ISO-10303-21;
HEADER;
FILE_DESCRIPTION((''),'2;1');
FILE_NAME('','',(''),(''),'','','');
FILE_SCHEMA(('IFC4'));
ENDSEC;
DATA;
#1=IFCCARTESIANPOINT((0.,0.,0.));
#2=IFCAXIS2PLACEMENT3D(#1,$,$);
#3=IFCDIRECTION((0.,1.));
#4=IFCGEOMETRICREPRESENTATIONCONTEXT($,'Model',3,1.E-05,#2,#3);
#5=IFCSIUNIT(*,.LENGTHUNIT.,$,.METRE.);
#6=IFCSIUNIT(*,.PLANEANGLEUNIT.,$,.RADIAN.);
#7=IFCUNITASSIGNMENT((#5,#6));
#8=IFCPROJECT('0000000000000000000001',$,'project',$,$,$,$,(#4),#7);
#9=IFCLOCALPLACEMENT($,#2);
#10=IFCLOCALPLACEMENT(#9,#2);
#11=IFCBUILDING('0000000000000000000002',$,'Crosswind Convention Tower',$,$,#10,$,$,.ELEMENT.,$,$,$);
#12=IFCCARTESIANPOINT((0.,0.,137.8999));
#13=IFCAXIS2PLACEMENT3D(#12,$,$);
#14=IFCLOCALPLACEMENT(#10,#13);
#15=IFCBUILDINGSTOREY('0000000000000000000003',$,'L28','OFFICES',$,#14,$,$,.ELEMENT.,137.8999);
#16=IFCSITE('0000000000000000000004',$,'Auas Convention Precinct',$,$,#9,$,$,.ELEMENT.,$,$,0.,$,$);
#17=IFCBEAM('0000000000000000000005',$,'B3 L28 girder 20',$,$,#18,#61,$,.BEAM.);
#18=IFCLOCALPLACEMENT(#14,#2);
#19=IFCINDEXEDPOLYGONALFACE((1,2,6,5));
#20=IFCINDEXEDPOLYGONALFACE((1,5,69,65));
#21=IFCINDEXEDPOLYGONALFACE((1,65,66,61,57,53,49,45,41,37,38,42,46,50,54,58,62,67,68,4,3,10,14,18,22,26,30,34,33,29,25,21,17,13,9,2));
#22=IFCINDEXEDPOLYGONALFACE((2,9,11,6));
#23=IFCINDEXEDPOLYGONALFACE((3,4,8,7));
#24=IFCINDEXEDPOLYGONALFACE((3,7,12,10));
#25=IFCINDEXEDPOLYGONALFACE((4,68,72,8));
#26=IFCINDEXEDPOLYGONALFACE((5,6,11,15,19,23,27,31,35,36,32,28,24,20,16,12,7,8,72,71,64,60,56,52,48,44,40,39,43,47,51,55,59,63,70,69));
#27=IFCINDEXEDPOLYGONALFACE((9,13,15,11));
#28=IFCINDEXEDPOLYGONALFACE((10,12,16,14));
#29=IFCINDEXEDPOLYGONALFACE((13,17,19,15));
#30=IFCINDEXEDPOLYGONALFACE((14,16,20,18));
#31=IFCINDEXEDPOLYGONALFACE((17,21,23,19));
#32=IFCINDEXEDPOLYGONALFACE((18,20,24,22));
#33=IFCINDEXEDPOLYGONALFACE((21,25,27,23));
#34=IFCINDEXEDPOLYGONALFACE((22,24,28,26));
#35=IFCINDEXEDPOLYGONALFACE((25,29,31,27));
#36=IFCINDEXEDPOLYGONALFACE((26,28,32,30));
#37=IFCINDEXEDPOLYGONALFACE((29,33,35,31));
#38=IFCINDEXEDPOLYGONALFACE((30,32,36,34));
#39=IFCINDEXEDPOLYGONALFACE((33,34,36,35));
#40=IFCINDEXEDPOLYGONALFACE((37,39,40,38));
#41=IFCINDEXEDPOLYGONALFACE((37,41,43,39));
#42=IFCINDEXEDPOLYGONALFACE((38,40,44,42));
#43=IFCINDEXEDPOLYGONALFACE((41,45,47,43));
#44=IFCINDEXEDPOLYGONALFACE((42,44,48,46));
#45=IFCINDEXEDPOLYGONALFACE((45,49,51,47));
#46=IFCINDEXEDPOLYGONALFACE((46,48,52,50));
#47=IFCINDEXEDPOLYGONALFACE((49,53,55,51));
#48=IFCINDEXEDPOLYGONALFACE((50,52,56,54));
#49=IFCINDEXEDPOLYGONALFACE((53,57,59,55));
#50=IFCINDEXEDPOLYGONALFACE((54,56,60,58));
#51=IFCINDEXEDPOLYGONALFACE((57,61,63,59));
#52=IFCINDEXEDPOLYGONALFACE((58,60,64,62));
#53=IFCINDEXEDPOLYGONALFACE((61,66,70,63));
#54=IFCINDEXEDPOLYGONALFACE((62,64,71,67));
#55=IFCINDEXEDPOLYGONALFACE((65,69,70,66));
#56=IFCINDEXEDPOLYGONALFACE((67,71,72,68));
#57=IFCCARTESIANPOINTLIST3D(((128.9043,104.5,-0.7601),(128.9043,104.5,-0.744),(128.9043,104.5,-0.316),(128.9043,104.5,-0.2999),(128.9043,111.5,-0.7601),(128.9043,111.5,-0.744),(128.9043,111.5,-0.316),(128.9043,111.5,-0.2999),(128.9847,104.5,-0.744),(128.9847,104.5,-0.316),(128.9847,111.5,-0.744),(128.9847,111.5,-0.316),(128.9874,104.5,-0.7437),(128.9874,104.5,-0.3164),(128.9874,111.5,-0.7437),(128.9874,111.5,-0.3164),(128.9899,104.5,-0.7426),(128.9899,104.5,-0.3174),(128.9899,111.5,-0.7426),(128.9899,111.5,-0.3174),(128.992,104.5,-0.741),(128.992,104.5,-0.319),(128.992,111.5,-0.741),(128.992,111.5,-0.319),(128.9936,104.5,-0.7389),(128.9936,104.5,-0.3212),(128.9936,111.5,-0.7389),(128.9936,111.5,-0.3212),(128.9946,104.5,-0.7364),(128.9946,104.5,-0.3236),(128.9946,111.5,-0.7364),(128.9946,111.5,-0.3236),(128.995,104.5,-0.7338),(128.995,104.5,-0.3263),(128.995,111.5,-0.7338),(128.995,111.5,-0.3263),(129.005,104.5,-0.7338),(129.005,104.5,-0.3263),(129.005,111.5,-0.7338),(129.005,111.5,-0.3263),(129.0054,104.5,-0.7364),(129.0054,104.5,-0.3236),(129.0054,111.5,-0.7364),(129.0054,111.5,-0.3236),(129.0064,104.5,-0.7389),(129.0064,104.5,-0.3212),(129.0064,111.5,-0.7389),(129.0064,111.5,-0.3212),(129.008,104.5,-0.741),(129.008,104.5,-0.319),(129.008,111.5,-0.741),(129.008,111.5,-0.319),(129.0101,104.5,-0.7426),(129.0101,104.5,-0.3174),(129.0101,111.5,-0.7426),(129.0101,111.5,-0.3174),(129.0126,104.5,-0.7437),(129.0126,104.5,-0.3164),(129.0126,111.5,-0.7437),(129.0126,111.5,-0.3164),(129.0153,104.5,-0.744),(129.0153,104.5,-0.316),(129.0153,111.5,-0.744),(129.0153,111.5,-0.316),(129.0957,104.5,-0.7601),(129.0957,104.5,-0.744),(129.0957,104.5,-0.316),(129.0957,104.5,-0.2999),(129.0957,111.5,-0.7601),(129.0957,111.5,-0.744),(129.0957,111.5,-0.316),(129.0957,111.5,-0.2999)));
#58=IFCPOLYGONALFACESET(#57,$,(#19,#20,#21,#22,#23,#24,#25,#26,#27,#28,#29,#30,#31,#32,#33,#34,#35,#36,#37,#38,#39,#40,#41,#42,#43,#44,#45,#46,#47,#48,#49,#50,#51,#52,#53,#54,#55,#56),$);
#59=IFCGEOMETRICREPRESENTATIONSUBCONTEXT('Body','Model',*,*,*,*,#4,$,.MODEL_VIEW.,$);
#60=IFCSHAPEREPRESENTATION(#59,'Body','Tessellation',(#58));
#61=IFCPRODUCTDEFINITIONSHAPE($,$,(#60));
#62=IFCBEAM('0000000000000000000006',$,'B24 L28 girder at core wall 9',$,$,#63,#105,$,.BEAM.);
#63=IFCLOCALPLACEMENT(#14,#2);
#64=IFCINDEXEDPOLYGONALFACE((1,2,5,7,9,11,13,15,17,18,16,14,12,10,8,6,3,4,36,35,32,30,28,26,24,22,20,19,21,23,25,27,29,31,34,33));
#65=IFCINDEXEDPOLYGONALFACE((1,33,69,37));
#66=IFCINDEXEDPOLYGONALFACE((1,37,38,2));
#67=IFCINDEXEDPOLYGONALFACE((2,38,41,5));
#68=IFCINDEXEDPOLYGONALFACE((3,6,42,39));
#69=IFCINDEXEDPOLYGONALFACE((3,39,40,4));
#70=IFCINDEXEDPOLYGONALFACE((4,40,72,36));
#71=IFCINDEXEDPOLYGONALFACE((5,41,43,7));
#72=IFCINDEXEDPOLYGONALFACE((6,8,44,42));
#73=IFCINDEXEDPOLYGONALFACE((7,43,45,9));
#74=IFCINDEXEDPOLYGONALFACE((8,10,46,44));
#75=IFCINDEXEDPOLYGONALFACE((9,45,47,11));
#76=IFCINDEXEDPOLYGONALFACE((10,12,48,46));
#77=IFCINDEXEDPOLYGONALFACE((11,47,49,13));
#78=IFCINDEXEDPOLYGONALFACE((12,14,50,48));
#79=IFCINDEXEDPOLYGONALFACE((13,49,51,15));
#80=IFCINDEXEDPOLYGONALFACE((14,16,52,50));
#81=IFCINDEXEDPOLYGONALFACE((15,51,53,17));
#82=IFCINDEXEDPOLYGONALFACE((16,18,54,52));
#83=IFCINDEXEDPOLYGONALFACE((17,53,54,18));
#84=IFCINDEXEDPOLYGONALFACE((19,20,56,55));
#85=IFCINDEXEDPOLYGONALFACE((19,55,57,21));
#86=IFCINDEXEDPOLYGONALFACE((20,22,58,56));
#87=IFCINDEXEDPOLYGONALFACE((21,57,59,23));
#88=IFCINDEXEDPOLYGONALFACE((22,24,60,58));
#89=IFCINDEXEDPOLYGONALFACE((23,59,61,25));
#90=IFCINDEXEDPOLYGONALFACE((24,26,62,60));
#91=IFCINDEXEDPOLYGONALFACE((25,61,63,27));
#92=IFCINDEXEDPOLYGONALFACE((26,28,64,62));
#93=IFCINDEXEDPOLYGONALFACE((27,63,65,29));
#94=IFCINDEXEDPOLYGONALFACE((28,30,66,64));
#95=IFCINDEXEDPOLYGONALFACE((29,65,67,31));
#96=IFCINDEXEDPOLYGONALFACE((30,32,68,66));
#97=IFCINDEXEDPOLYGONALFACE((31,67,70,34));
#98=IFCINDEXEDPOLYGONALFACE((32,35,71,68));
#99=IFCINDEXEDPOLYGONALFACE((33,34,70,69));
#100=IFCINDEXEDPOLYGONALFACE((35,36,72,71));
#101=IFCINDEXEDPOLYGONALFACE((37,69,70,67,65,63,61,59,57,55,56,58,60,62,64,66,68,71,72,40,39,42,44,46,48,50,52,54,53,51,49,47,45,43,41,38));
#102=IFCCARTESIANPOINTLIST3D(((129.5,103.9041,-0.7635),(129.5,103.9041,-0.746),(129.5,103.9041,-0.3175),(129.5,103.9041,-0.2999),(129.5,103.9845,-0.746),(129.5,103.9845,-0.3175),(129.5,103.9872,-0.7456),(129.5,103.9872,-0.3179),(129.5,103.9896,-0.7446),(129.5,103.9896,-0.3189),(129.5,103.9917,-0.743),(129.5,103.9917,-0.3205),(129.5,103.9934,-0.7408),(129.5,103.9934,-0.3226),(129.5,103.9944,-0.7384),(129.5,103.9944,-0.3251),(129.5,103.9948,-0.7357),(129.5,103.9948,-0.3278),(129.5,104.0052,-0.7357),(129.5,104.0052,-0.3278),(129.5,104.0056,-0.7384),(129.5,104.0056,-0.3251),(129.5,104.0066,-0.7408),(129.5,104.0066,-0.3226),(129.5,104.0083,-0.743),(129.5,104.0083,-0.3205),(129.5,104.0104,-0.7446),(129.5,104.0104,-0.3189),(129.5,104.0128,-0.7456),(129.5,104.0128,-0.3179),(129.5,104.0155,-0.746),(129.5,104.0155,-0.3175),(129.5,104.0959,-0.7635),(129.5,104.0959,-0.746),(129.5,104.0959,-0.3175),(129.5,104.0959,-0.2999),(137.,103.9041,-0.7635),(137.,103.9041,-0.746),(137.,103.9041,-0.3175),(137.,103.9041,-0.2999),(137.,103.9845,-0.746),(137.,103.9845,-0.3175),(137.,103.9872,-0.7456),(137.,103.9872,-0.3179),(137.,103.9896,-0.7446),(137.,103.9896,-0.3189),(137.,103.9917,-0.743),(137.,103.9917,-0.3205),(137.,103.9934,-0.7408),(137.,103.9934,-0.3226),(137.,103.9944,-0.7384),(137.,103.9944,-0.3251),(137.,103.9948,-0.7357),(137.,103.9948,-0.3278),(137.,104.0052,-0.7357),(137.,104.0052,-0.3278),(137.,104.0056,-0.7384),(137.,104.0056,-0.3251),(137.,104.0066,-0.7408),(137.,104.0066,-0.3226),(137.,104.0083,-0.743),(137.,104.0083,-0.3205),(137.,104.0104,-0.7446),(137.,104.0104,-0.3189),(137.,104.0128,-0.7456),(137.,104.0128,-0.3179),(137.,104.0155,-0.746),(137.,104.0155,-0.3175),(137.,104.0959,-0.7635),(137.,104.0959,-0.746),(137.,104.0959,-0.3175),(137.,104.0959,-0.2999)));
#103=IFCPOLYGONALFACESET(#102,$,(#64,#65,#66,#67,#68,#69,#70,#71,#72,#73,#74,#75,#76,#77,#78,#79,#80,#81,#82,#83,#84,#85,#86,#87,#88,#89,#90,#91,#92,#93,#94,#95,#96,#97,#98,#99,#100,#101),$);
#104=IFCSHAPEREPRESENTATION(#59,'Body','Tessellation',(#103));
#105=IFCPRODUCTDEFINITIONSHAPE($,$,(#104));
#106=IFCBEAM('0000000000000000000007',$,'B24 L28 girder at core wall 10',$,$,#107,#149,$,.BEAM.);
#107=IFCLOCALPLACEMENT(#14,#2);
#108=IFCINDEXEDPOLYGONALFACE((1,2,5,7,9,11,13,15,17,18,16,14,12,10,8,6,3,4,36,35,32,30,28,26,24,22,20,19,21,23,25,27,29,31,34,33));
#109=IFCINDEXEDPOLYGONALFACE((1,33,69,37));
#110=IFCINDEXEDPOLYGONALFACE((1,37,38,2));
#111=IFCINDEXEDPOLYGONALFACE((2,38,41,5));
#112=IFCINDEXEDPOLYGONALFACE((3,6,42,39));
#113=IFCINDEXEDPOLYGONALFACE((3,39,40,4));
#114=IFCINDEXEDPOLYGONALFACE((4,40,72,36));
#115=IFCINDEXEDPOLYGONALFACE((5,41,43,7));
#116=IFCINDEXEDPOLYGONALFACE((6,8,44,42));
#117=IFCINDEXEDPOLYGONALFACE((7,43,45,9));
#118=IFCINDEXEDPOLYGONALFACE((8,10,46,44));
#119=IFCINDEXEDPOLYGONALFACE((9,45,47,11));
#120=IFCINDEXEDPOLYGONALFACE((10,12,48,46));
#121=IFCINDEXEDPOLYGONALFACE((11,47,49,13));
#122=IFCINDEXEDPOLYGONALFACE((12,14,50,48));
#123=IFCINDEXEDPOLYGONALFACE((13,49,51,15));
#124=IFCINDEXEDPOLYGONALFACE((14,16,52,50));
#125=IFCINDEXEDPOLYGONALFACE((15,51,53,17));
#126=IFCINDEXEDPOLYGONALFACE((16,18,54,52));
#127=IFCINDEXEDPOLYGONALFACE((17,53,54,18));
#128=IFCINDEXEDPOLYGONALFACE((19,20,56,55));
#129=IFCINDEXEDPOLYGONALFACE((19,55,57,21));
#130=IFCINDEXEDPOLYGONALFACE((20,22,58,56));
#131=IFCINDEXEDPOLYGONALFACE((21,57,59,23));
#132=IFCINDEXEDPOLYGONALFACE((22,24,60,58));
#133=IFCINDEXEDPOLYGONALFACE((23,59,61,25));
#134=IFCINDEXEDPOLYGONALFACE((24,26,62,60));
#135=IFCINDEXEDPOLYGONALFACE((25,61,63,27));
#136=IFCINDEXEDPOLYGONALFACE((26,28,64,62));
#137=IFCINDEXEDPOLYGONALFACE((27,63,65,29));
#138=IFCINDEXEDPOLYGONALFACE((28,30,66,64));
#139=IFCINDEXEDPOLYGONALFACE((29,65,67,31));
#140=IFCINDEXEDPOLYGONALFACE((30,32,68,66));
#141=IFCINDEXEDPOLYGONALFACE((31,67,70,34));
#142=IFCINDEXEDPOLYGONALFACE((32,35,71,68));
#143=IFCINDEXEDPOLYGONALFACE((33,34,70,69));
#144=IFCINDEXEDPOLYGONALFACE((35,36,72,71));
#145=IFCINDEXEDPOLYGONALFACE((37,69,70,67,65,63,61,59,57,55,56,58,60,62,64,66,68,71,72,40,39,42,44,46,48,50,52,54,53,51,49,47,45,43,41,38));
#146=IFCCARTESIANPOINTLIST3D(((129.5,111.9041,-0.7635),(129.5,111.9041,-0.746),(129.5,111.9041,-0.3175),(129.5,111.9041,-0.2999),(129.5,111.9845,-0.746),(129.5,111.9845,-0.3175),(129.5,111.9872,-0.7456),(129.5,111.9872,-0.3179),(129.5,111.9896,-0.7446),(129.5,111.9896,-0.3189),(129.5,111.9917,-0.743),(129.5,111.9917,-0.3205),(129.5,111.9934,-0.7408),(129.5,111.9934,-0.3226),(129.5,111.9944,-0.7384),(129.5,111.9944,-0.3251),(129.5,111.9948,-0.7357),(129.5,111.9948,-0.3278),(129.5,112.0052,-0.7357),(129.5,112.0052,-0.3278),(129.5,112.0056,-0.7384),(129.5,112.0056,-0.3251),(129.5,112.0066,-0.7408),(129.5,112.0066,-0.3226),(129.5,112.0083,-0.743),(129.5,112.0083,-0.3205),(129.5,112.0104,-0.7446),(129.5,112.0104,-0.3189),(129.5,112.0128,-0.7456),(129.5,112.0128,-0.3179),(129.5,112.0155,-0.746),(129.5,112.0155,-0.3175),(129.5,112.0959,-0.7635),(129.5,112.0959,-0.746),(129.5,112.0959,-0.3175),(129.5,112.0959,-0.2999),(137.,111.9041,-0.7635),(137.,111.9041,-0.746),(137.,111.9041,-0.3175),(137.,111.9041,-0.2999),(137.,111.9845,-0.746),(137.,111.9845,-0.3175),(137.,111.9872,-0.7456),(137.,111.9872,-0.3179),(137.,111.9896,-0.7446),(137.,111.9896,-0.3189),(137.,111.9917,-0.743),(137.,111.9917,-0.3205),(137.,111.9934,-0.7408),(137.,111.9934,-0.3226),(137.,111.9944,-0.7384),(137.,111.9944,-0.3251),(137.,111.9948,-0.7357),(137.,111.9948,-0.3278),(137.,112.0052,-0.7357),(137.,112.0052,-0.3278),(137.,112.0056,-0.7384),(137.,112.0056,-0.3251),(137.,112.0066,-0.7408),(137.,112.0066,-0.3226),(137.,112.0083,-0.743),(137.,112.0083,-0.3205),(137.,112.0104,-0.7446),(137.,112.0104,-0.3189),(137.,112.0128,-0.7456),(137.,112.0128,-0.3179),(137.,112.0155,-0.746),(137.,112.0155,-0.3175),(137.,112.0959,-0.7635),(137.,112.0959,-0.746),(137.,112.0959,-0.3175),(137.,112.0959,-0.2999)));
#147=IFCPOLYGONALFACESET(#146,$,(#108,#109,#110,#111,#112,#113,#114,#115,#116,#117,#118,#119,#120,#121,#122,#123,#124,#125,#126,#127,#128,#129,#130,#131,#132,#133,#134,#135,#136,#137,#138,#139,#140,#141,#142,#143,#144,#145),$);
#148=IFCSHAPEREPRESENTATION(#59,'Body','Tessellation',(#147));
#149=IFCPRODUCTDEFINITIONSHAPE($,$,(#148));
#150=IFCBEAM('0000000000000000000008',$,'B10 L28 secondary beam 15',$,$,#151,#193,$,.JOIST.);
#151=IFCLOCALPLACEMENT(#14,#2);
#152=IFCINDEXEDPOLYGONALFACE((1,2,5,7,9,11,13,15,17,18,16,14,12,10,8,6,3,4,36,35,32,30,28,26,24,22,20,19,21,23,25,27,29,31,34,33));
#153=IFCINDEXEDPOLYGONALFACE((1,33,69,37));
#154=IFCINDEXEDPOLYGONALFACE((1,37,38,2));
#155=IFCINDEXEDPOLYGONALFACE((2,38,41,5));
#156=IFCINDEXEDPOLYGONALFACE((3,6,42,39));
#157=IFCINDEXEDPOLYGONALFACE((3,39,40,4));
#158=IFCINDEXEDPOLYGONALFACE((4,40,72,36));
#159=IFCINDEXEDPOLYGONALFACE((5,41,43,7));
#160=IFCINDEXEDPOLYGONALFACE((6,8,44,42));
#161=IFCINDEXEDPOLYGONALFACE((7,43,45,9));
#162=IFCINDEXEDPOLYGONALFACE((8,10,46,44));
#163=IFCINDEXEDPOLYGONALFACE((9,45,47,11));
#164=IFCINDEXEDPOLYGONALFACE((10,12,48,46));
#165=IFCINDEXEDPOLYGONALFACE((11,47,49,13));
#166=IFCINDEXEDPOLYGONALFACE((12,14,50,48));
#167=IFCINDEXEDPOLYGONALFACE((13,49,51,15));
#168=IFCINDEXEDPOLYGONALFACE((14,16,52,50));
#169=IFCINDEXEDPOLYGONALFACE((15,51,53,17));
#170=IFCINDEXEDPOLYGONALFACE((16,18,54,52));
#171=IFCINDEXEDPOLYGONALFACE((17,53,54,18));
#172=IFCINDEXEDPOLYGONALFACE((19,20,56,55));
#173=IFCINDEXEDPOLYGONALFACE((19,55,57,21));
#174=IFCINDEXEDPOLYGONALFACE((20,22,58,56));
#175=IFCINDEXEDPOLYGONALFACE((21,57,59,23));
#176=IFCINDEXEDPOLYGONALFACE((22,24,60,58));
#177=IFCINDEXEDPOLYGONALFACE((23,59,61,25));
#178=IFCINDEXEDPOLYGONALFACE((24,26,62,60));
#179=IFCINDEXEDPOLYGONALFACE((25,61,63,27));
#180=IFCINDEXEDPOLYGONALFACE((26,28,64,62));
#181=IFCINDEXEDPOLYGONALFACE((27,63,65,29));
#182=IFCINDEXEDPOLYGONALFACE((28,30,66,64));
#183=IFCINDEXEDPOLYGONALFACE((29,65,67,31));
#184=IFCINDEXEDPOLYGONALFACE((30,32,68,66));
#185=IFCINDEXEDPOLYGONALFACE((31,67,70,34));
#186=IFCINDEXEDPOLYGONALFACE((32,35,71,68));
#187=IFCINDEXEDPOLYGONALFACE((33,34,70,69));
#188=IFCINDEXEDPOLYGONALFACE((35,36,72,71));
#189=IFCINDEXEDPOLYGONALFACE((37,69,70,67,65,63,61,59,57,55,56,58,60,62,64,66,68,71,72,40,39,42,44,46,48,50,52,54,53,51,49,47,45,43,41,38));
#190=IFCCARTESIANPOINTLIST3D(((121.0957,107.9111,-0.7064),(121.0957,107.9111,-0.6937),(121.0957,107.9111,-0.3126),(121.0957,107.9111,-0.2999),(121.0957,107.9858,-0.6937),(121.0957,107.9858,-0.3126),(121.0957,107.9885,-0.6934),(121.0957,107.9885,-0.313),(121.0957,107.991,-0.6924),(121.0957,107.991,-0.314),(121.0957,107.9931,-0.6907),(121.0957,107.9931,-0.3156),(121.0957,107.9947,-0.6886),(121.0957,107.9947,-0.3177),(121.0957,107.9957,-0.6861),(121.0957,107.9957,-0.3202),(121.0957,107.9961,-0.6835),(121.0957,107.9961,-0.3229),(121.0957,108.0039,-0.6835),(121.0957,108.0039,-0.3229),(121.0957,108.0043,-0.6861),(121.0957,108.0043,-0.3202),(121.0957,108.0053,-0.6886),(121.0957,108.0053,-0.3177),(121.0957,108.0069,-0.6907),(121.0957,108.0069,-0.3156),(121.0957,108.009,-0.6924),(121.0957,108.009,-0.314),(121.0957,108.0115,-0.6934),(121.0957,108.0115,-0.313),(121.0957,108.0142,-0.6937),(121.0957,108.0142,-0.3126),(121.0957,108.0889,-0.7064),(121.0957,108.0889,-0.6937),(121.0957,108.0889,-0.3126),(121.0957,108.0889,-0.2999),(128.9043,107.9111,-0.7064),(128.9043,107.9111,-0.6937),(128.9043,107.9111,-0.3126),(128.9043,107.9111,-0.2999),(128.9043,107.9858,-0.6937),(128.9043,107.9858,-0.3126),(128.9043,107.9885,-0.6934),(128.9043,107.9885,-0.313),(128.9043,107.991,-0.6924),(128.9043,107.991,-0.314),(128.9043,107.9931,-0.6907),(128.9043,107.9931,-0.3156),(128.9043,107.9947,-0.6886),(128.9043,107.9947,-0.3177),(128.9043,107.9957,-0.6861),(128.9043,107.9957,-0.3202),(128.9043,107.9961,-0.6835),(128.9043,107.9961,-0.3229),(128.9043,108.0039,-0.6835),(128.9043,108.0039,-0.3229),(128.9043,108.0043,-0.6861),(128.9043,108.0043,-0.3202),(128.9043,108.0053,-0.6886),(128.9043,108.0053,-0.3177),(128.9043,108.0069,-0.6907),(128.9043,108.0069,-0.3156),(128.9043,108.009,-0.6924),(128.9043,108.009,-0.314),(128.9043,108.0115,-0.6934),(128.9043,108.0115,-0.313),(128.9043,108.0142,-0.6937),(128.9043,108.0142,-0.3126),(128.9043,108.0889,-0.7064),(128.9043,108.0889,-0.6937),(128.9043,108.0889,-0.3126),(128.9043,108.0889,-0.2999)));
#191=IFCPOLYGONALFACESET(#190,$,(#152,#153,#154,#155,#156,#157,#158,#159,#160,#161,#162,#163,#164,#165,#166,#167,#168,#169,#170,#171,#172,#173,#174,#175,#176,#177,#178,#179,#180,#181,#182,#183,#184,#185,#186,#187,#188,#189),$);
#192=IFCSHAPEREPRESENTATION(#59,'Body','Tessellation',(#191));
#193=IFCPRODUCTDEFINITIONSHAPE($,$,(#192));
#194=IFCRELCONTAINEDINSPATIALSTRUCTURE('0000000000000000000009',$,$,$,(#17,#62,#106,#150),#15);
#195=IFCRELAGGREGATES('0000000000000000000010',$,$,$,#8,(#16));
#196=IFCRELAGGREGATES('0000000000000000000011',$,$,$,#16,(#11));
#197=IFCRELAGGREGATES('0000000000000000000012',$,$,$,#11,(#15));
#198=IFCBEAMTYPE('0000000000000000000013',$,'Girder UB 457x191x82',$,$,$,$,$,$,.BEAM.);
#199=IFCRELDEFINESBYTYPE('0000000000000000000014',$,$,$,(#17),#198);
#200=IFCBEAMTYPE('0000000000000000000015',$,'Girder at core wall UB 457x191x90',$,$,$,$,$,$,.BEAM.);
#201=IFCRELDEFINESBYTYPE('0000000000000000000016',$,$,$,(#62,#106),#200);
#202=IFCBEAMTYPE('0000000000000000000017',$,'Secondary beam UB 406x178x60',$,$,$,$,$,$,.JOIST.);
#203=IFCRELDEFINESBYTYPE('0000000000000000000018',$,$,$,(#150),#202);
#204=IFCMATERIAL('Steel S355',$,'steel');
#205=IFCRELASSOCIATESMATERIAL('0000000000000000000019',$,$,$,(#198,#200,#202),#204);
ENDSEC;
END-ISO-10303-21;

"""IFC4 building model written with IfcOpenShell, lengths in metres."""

from ifc_helpers import new_model, si_unit, direction, frame, origin, origin_2d, place, context, subcontext, project, spatial, i_section, extrude, material, material_profile, profile_set, type_object, element, save


model = new_model("IFC4")

# Units and contexts
model_context = context("Model", 3, precision=1e-05, world=origin(), true_north=direction((0.0, 1.0)))
body_context = subcontext(model_context, "Body", "Model", "MODEL_VIEW")
ifc_project = project(units=[si_unit("LENGTHUNIT", "METRE"), si_unit("PLANEANGLEUNIT", "RADIAN")], contexts=[model_context])

# Site, building, storey
site_placement = place(None, origin())
site = spatial("IfcSite", under=ifc_project, at=site_placement, Name="Auas Convention Precinct", CompositionType="ELEMENT", RefElevation=0.0)
building_placement = place(site_placement, origin())
building = spatial("IfcBuilding", under=site, at=building_placement, Name="Crosswind Convention Tower", CompositionType="ELEMENT")
storey_placement = place(building_placement, frame((0.0, 0.0, 137.8999)))
storey = spatial("IfcBuildingStorey", under=building, at=storey_placement, Name="L28", Description="OFFICES", CompositionType="ELEMENT", Elevation=137.8999)

# Beams
ifc_material_1 = material(Name="Steel S355", Category="steel")
ifc_material_profile_1 = material_profile(ifc_material_1, i_section(OverallWidth=0.1914, OverallDepth=0.4602, WebThickness=0.01, FlangeThickness=0.0161, FilletRadius=0.0103, at=origin_2d()), Name="UB 457x191x82")
ifc_profile_set_1 = profile_set([ifc_material_profile_1], Name="Steel S355")
beam_type_1 = type_object("IfcBeamType", Name="Girder UB 457x191x82", PredefinedType="BEAM", material=ifc_profile_set_1)
for number, where, z_axis, x_axis, name in (
    (1, (129.0, 104.5, -0.53), (0.0, 1.0, 0.0), (-1.0, 0.0, 0.0), "B3 L28 girder 20"),
):
    element("IfcBeam", number, at=place(storey_placement, frame(where, z_axis=z_axis, x_axis=x_axis)), inside=storey, type_object=beam_type_1, Name=name, PredefinedType="BEAM", context=body_context, shape_type="SweptSolid", body=[
        extrude(i_section(OverallWidth=0.1914, OverallDepth=0.4602, WebThickness=0.01, FlangeThickness=0.0161, FilletRadius=0.0103, at=origin_2d()), origin(), (0.0, 0.0, 1.0), 7.0),
    ])
ifc_material_profile_2 = material_profile(ifc_material_1, i_section(OverallWidth=0.1919, OverallDepth=0.4636, WebThickness=0.0105, FlangeThickness=0.0176, FilletRadius=0.0103, at=origin_2d()), Name="UB 457x191x90")
ifc_profile_set_2 = profile_set([ifc_material_profile_2], Name="Steel S355")
beam_type_2 = type_object("IfcBeamType", Name="Girder at core wall UB 457x191x90", PredefinedType="BEAM", material=ifc_profile_set_2)
for number, where, z_axis, x_axis, name in (
    (2, (129.5, 104.0, -0.5317), (1.0, 0.0, 0.0), (0.0, 1.0, 0.0), "B24 L28 girder at core wall 9"),
    (3, (129.5, 112.0, -0.5317), (1.0, 0.0, 0.0), (0.0, 1.0, 0.0), "B24 L28 girder at core wall 10"),
):
    element("IfcBeam", number, at=place(storey_placement, frame(where, z_axis=z_axis, x_axis=x_axis)), inside=storey, type_object=beam_type_2, Name=name, PredefinedType="BEAM", context=body_context, shape_type="SweptSolid", body=[
        extrude(i_section(OverallWidth=0.1919, OverallDepth=0.4636, WebThickness=0.0105, FlangeThickness=0.0176, FilletRadius=0.0103, at=origin_2d()), origin(), (0.0, 0.0, 1.0), 7.5),
    ])
ifc_material_profile_3 = material_profile(ifc_material_1, i_section(OverallWidth=0.1777, OverallDepth=0.4065, WebThickness=0.0078, FlangeThickness=0.0127, FilletRadius=0.0103, at=origin_2d()), Name="UB 406x178x60")
ifc_profile_set_3 = profile_set([ifc_material_profile_3], Name="Steel S355")
beam_type_3 = type_object("IfcBeamType", Name="Secondary beam UB 406x178x60", PredefinedType="JOIST", material=ifc_profile_set_3)
beam_1_placement = place(storey_placement, frame((121.0957, 108.0, -0.5032), z_axis=(1.0, 0.0, 0.0), x_axis=(0.0, 1.0, 0.0)))
element("IfcBeam", 4, at=beam_1_placement, inside=storey, type_object=beam_type_3, Name="B10 L28 secondary beam 15", PredefinedType="JOIST", context=body_context, shape_type="SweptSolid", body=[
    extrude(i_section(OverallWidth=0.1777, OverallDepth=0.4065, WebThickness=0.0078, FlangeThickness=0.0127, FilletRadius=0.0103, at=origin_2d()), origin(), (0.0, 0.0, 1.0), 7.8086),
])

save(model, "model.ifc")
